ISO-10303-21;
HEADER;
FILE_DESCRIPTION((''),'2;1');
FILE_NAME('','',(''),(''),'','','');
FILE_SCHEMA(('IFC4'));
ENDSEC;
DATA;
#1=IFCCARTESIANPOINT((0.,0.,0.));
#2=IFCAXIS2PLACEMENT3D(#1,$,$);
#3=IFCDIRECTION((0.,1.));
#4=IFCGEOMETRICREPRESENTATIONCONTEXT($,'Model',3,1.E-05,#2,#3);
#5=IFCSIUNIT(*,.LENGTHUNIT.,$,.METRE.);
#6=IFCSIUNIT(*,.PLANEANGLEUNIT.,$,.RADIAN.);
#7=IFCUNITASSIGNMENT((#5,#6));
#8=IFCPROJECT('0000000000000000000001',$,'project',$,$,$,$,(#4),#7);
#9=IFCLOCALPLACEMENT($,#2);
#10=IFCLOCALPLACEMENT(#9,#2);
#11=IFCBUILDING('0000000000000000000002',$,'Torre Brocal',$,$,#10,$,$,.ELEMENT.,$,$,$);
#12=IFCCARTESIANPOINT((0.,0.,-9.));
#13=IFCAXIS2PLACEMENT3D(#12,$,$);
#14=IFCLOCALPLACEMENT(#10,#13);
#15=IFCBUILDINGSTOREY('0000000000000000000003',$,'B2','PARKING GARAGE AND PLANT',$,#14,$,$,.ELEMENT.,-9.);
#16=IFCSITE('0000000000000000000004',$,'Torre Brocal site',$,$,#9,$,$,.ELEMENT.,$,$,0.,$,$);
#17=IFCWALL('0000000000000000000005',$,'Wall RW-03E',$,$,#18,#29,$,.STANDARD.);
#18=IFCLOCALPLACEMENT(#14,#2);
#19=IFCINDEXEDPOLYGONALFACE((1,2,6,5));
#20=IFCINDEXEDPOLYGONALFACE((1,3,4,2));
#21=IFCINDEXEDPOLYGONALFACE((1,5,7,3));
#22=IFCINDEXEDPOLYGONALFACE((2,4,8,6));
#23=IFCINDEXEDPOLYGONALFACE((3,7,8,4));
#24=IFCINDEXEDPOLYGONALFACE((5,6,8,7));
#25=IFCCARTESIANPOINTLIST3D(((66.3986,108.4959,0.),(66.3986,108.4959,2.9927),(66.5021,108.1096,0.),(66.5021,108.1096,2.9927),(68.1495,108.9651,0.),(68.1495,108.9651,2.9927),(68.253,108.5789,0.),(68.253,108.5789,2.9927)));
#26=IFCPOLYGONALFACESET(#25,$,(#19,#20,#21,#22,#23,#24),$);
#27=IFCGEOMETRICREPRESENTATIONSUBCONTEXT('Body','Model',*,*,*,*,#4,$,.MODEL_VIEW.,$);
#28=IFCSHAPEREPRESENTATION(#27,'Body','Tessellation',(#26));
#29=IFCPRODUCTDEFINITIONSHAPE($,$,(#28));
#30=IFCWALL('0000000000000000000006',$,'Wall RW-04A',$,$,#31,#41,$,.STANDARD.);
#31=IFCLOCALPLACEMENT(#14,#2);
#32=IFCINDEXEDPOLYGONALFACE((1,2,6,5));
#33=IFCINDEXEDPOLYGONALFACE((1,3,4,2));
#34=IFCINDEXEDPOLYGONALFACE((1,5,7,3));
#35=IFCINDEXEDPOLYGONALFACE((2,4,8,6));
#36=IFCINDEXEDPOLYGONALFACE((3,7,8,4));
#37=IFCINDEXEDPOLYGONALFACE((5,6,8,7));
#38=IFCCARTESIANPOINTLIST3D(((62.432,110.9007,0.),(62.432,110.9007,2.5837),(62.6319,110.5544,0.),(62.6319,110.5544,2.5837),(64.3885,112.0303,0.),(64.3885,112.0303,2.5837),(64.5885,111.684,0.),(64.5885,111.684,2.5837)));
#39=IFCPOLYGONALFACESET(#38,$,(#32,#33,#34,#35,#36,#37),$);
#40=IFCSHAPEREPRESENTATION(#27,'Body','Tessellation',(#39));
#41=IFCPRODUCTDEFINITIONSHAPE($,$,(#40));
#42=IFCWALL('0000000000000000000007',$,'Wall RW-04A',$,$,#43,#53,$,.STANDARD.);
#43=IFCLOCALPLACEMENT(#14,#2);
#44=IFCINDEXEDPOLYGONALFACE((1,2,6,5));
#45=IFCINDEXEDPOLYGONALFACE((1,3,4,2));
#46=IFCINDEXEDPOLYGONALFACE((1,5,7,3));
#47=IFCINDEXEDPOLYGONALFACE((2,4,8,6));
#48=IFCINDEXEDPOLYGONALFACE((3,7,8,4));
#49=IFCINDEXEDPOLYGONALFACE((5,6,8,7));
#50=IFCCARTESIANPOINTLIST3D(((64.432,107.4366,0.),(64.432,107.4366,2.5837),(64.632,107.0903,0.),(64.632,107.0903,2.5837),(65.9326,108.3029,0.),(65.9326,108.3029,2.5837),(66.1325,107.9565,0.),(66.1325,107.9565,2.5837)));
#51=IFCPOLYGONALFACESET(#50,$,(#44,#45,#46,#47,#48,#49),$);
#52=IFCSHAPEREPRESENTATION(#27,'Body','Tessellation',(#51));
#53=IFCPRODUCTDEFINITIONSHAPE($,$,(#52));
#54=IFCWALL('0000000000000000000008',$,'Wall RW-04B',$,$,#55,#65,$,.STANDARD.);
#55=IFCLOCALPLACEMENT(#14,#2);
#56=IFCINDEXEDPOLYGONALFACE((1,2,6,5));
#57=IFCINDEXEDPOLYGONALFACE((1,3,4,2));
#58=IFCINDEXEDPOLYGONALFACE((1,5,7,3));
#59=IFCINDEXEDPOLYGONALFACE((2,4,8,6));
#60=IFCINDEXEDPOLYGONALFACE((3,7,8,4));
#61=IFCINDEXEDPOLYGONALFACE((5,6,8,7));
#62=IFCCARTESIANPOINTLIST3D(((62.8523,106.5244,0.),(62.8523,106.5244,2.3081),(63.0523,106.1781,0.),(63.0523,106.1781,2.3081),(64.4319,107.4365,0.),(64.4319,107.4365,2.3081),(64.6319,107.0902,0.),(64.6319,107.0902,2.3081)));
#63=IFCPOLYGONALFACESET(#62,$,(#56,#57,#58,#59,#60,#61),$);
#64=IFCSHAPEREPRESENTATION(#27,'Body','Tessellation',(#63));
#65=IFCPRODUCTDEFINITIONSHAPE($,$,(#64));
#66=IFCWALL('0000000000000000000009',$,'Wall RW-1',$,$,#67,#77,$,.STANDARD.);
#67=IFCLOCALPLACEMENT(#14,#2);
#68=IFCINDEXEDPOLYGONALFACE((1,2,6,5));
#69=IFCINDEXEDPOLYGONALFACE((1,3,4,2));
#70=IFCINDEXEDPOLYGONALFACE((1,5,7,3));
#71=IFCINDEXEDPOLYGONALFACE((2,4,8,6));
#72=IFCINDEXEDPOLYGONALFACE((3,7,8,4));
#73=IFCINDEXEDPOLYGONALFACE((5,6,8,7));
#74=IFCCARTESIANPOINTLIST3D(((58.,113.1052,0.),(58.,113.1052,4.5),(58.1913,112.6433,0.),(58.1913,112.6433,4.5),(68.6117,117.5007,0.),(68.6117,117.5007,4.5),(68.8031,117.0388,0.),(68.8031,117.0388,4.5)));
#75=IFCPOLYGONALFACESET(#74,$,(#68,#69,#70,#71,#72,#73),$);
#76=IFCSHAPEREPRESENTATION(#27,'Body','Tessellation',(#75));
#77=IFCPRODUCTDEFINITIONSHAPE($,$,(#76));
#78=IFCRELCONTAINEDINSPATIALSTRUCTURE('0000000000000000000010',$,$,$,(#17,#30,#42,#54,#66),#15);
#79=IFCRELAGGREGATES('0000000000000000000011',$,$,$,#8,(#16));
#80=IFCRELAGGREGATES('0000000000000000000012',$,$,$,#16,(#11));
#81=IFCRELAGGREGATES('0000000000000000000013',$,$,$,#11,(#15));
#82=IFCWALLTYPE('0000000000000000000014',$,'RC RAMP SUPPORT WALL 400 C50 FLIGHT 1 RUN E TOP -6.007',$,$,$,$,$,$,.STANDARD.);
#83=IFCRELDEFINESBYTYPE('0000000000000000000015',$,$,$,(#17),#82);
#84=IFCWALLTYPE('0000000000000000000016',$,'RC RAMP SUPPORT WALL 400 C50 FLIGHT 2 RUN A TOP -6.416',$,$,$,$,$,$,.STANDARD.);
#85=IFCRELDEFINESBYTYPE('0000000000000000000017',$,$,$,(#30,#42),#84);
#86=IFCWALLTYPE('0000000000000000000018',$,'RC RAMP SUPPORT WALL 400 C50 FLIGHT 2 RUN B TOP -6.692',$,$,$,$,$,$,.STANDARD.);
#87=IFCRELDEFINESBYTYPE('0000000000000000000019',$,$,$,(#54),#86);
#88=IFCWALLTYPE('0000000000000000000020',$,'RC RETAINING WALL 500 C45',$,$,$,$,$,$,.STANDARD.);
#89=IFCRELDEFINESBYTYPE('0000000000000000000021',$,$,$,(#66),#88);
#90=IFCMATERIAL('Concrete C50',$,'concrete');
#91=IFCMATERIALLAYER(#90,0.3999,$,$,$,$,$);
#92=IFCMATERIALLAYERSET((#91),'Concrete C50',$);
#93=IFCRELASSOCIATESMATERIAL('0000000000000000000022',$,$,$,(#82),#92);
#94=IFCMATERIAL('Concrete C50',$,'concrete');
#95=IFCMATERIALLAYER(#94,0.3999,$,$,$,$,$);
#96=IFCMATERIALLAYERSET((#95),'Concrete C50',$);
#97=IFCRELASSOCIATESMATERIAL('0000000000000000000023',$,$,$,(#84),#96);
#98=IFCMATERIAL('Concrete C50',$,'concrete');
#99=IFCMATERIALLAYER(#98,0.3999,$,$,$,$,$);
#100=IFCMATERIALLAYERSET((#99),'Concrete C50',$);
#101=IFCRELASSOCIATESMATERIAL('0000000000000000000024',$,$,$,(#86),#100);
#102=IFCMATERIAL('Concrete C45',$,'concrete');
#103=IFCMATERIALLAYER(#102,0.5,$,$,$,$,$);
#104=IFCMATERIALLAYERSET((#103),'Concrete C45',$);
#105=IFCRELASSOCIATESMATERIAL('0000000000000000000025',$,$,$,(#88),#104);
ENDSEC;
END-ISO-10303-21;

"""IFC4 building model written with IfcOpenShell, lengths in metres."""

from ifc_helpers import new_model, si_unit, direction, frame, frame_2d, origin, place, context, subcontext, project, spatial, rectangle, extrude, material, layer, layer_set, type_object, element, save


model = new_model("IFC4")

# Units and contexts
model_context = context("Model", 3, precision=1e-05, world=origin(), true_north=direction((0.0, 1.0)))
body_context = subcontext(model_context, "Body", "Model", "MODEL_VIEW")
ifc_project = project(units=[si_unit("LENGTHUNIT", "METRE"), si_unit("PLANEANGLEUNIT", "RADIAN")], contexts=[model_context])

# Site, building, storey
site_placement = place(None, origin())
site = spatial("IfcSite", under=ifc_project, at=site_placement, Name="Torre Brocal site", CompositionType="ELEMENT", RefElevation=0.0)
building_placement = place(site_placement, origin())
building = spatial("IfcBuilding", under=site, at=building_placement, Name="Torre Brocal", CompositionType="ELEMENT")
storey_placement = place(building_placement, frame((0.0, 0.0, -9.0)))
storey = spatial("IfcBuildingStorey", under=building, at=storey_placement, Name="B2", Description="PARKING GARAGE AND PLANT", CompositionType="ELEMENT", Elevation=-9.0)

# Walls
ifc_material_1 = material(Name="Concrete C50", Category="concrete")
ifc_layer_1 = layer(ifc_material_1, 0.3999)
ifc_layer_set_1 = layer_set([ifc_layer_1], Name="Concrete C50")
wall_type_1 = type_object("IfcWallType", Name="RC RAMP SUPPORT WALL 400 C50 FLIGHT 1 RUN E TOP -6.007", PredefinedType="STANDARD", material=ifc_layer_set_1)
wall_1_placement = place(storey_placement, frame((68.2012, 108.772, 0.0), z_axis=(0.0, 0.0, 1.0), x_axis=(-0.965917, -0.258853, 0.0)))
element("IfcWall", 1, at=wall_1_placement, inside=storey, type_object=wall_type_1, Name="Wall RW-03E", PredefinedType="STANDARD", context=body_context, shape_type="SweptSolid", body=[
    extrude(rectangle(XDim=1.8127, YDim=0.3999, at=frame_2d((0.9062, 0.0))), origin(), (0.0, 0.0, 1.0), 2.9927),
])
ifc_material_2 = material(Name="Concrete C50", Category="concrete")
ifc_layer_2 = layer(ifc_material_2, 0.3999)
ifc_layer_set_2 = layer_set([ifc_layer_2], Name="Concrete C50")
wall_type_2 = type_object("IfcWallType", Name="RC RAMP SUPPORT WALL 400 C50 FLIGHT 2 RUN A TOP -6.416", PredefinedType="STANDARD", material=ifc_layer_set_2)
wall_2_placement = place(storey_placement, frame((64.4885, 111.8572, 0.0), z_axis=(0.0, 0.0, 1.0), x_axis=(-0.86602, -0.500009, 0.0)))
element("IfcWall", 2, at=wall_2_placement, inside=storey, type_object=wall_type_2, Name="Wall RW-04A", PredefinedType="STANDARD", context=body_context, shape_type="SweptSolid", body=[
    extrude(rectangle(XDim=2.2593, YDim=0.3999, at=frame_2d((1.1296, 0.0))), origin(), (0.0, 0.0, 1.0), 2.5837),
])
wall_3_placement = place(storey_placement, frame((66.0325, 108.1296, 0.0), z_axis=(0.0, 0.0, 1.0), x_axis=(-0.866049, -0.499958, 0.0)))
element("IfcWall", 3, at=wall_3_placement, inside=storey, type_object=wall_type_2, Name="Wall RW-04A", PredefinedType="STANDARD", context=body_context, shape_type="SweptSolid", body=[
    extrude(rectangle(XDim=1.7327, YDim=0.3999, at=frame_2d((0.8662, 0.0))), origin(), (0.0, 0.0, 1.0), 2.5837),
])
ifc_material_3 = material(Name="Concrete C50", Category="concrete")
ifc_layer_3 = layer(ifc_material_3, 0.3999)
ifc_layer_set_3 = layer_set([ifc_layer_3], Name="Concrete C50")
wall_type_3 = type_object("IfcWallType", Name="RC RAMP SUPPORT WALL 400 C50 FLIGHT 2 RUN B TOP -6.692", PredefinedType="STANDARD", material=ifc_layer_set_3)
wall_4_placement = place(storey_placement, frame((64.532, 107.2634, 0.0), z_axis=(0.0, 0.0, 1.0), x_axis=(-0.865994, -0.500055, 0.0)))
element("IfcWall", 4, at=wall_4_placement, inside=storey, type_object=wall_type_3, Name="Wall RW-04B", PredefinedType="STANDARD", context=body_context, shape_type="SweptSolid", body=[
    extrude(rectangle(XDim=1.824, YDim=0.3999, at=frame_2d((0.9121, 0.0))), origin(), (0.0, 0.0, 1.0), 2.3081),
])
ifc_material_4 = material(Name="Concrete C45", Category="concrete")
ifc_layer_4 = layer(ifc_material_4, 0.5)
ifc_layer_set_4 = layer_set([ifc_layer_4], Name="Concrete C45")
wall_type_4 = type_object("IfcWallType", Name="RC RETAINING WALL 500 C45", PredefinedType="STANDARD", material=ifc_layer_set_4)
wall_5_placement = place(storey_placement, frame((68.7075, 117.2698, 0.0), z_axis=(0.0, 0.0, 1.0), x_axis=(-0.923881, -0.38268, 0.0)))
element("IfcWall", 5, at=wall_5_placement, inside=storey, type_object=wall_type_4, Name="Wall RW-1", PredefinedType="STANDARD", context=body_context, shape_type="SweptSolid", body=[
    extrude(rectangle(XDim=11.4861, YDim=0.5, at=frame_2d((5.7432, 0.0))), origin(), (0.0, 0.0, 1.0), 4.5),
])

save(model, "model.ifc")
